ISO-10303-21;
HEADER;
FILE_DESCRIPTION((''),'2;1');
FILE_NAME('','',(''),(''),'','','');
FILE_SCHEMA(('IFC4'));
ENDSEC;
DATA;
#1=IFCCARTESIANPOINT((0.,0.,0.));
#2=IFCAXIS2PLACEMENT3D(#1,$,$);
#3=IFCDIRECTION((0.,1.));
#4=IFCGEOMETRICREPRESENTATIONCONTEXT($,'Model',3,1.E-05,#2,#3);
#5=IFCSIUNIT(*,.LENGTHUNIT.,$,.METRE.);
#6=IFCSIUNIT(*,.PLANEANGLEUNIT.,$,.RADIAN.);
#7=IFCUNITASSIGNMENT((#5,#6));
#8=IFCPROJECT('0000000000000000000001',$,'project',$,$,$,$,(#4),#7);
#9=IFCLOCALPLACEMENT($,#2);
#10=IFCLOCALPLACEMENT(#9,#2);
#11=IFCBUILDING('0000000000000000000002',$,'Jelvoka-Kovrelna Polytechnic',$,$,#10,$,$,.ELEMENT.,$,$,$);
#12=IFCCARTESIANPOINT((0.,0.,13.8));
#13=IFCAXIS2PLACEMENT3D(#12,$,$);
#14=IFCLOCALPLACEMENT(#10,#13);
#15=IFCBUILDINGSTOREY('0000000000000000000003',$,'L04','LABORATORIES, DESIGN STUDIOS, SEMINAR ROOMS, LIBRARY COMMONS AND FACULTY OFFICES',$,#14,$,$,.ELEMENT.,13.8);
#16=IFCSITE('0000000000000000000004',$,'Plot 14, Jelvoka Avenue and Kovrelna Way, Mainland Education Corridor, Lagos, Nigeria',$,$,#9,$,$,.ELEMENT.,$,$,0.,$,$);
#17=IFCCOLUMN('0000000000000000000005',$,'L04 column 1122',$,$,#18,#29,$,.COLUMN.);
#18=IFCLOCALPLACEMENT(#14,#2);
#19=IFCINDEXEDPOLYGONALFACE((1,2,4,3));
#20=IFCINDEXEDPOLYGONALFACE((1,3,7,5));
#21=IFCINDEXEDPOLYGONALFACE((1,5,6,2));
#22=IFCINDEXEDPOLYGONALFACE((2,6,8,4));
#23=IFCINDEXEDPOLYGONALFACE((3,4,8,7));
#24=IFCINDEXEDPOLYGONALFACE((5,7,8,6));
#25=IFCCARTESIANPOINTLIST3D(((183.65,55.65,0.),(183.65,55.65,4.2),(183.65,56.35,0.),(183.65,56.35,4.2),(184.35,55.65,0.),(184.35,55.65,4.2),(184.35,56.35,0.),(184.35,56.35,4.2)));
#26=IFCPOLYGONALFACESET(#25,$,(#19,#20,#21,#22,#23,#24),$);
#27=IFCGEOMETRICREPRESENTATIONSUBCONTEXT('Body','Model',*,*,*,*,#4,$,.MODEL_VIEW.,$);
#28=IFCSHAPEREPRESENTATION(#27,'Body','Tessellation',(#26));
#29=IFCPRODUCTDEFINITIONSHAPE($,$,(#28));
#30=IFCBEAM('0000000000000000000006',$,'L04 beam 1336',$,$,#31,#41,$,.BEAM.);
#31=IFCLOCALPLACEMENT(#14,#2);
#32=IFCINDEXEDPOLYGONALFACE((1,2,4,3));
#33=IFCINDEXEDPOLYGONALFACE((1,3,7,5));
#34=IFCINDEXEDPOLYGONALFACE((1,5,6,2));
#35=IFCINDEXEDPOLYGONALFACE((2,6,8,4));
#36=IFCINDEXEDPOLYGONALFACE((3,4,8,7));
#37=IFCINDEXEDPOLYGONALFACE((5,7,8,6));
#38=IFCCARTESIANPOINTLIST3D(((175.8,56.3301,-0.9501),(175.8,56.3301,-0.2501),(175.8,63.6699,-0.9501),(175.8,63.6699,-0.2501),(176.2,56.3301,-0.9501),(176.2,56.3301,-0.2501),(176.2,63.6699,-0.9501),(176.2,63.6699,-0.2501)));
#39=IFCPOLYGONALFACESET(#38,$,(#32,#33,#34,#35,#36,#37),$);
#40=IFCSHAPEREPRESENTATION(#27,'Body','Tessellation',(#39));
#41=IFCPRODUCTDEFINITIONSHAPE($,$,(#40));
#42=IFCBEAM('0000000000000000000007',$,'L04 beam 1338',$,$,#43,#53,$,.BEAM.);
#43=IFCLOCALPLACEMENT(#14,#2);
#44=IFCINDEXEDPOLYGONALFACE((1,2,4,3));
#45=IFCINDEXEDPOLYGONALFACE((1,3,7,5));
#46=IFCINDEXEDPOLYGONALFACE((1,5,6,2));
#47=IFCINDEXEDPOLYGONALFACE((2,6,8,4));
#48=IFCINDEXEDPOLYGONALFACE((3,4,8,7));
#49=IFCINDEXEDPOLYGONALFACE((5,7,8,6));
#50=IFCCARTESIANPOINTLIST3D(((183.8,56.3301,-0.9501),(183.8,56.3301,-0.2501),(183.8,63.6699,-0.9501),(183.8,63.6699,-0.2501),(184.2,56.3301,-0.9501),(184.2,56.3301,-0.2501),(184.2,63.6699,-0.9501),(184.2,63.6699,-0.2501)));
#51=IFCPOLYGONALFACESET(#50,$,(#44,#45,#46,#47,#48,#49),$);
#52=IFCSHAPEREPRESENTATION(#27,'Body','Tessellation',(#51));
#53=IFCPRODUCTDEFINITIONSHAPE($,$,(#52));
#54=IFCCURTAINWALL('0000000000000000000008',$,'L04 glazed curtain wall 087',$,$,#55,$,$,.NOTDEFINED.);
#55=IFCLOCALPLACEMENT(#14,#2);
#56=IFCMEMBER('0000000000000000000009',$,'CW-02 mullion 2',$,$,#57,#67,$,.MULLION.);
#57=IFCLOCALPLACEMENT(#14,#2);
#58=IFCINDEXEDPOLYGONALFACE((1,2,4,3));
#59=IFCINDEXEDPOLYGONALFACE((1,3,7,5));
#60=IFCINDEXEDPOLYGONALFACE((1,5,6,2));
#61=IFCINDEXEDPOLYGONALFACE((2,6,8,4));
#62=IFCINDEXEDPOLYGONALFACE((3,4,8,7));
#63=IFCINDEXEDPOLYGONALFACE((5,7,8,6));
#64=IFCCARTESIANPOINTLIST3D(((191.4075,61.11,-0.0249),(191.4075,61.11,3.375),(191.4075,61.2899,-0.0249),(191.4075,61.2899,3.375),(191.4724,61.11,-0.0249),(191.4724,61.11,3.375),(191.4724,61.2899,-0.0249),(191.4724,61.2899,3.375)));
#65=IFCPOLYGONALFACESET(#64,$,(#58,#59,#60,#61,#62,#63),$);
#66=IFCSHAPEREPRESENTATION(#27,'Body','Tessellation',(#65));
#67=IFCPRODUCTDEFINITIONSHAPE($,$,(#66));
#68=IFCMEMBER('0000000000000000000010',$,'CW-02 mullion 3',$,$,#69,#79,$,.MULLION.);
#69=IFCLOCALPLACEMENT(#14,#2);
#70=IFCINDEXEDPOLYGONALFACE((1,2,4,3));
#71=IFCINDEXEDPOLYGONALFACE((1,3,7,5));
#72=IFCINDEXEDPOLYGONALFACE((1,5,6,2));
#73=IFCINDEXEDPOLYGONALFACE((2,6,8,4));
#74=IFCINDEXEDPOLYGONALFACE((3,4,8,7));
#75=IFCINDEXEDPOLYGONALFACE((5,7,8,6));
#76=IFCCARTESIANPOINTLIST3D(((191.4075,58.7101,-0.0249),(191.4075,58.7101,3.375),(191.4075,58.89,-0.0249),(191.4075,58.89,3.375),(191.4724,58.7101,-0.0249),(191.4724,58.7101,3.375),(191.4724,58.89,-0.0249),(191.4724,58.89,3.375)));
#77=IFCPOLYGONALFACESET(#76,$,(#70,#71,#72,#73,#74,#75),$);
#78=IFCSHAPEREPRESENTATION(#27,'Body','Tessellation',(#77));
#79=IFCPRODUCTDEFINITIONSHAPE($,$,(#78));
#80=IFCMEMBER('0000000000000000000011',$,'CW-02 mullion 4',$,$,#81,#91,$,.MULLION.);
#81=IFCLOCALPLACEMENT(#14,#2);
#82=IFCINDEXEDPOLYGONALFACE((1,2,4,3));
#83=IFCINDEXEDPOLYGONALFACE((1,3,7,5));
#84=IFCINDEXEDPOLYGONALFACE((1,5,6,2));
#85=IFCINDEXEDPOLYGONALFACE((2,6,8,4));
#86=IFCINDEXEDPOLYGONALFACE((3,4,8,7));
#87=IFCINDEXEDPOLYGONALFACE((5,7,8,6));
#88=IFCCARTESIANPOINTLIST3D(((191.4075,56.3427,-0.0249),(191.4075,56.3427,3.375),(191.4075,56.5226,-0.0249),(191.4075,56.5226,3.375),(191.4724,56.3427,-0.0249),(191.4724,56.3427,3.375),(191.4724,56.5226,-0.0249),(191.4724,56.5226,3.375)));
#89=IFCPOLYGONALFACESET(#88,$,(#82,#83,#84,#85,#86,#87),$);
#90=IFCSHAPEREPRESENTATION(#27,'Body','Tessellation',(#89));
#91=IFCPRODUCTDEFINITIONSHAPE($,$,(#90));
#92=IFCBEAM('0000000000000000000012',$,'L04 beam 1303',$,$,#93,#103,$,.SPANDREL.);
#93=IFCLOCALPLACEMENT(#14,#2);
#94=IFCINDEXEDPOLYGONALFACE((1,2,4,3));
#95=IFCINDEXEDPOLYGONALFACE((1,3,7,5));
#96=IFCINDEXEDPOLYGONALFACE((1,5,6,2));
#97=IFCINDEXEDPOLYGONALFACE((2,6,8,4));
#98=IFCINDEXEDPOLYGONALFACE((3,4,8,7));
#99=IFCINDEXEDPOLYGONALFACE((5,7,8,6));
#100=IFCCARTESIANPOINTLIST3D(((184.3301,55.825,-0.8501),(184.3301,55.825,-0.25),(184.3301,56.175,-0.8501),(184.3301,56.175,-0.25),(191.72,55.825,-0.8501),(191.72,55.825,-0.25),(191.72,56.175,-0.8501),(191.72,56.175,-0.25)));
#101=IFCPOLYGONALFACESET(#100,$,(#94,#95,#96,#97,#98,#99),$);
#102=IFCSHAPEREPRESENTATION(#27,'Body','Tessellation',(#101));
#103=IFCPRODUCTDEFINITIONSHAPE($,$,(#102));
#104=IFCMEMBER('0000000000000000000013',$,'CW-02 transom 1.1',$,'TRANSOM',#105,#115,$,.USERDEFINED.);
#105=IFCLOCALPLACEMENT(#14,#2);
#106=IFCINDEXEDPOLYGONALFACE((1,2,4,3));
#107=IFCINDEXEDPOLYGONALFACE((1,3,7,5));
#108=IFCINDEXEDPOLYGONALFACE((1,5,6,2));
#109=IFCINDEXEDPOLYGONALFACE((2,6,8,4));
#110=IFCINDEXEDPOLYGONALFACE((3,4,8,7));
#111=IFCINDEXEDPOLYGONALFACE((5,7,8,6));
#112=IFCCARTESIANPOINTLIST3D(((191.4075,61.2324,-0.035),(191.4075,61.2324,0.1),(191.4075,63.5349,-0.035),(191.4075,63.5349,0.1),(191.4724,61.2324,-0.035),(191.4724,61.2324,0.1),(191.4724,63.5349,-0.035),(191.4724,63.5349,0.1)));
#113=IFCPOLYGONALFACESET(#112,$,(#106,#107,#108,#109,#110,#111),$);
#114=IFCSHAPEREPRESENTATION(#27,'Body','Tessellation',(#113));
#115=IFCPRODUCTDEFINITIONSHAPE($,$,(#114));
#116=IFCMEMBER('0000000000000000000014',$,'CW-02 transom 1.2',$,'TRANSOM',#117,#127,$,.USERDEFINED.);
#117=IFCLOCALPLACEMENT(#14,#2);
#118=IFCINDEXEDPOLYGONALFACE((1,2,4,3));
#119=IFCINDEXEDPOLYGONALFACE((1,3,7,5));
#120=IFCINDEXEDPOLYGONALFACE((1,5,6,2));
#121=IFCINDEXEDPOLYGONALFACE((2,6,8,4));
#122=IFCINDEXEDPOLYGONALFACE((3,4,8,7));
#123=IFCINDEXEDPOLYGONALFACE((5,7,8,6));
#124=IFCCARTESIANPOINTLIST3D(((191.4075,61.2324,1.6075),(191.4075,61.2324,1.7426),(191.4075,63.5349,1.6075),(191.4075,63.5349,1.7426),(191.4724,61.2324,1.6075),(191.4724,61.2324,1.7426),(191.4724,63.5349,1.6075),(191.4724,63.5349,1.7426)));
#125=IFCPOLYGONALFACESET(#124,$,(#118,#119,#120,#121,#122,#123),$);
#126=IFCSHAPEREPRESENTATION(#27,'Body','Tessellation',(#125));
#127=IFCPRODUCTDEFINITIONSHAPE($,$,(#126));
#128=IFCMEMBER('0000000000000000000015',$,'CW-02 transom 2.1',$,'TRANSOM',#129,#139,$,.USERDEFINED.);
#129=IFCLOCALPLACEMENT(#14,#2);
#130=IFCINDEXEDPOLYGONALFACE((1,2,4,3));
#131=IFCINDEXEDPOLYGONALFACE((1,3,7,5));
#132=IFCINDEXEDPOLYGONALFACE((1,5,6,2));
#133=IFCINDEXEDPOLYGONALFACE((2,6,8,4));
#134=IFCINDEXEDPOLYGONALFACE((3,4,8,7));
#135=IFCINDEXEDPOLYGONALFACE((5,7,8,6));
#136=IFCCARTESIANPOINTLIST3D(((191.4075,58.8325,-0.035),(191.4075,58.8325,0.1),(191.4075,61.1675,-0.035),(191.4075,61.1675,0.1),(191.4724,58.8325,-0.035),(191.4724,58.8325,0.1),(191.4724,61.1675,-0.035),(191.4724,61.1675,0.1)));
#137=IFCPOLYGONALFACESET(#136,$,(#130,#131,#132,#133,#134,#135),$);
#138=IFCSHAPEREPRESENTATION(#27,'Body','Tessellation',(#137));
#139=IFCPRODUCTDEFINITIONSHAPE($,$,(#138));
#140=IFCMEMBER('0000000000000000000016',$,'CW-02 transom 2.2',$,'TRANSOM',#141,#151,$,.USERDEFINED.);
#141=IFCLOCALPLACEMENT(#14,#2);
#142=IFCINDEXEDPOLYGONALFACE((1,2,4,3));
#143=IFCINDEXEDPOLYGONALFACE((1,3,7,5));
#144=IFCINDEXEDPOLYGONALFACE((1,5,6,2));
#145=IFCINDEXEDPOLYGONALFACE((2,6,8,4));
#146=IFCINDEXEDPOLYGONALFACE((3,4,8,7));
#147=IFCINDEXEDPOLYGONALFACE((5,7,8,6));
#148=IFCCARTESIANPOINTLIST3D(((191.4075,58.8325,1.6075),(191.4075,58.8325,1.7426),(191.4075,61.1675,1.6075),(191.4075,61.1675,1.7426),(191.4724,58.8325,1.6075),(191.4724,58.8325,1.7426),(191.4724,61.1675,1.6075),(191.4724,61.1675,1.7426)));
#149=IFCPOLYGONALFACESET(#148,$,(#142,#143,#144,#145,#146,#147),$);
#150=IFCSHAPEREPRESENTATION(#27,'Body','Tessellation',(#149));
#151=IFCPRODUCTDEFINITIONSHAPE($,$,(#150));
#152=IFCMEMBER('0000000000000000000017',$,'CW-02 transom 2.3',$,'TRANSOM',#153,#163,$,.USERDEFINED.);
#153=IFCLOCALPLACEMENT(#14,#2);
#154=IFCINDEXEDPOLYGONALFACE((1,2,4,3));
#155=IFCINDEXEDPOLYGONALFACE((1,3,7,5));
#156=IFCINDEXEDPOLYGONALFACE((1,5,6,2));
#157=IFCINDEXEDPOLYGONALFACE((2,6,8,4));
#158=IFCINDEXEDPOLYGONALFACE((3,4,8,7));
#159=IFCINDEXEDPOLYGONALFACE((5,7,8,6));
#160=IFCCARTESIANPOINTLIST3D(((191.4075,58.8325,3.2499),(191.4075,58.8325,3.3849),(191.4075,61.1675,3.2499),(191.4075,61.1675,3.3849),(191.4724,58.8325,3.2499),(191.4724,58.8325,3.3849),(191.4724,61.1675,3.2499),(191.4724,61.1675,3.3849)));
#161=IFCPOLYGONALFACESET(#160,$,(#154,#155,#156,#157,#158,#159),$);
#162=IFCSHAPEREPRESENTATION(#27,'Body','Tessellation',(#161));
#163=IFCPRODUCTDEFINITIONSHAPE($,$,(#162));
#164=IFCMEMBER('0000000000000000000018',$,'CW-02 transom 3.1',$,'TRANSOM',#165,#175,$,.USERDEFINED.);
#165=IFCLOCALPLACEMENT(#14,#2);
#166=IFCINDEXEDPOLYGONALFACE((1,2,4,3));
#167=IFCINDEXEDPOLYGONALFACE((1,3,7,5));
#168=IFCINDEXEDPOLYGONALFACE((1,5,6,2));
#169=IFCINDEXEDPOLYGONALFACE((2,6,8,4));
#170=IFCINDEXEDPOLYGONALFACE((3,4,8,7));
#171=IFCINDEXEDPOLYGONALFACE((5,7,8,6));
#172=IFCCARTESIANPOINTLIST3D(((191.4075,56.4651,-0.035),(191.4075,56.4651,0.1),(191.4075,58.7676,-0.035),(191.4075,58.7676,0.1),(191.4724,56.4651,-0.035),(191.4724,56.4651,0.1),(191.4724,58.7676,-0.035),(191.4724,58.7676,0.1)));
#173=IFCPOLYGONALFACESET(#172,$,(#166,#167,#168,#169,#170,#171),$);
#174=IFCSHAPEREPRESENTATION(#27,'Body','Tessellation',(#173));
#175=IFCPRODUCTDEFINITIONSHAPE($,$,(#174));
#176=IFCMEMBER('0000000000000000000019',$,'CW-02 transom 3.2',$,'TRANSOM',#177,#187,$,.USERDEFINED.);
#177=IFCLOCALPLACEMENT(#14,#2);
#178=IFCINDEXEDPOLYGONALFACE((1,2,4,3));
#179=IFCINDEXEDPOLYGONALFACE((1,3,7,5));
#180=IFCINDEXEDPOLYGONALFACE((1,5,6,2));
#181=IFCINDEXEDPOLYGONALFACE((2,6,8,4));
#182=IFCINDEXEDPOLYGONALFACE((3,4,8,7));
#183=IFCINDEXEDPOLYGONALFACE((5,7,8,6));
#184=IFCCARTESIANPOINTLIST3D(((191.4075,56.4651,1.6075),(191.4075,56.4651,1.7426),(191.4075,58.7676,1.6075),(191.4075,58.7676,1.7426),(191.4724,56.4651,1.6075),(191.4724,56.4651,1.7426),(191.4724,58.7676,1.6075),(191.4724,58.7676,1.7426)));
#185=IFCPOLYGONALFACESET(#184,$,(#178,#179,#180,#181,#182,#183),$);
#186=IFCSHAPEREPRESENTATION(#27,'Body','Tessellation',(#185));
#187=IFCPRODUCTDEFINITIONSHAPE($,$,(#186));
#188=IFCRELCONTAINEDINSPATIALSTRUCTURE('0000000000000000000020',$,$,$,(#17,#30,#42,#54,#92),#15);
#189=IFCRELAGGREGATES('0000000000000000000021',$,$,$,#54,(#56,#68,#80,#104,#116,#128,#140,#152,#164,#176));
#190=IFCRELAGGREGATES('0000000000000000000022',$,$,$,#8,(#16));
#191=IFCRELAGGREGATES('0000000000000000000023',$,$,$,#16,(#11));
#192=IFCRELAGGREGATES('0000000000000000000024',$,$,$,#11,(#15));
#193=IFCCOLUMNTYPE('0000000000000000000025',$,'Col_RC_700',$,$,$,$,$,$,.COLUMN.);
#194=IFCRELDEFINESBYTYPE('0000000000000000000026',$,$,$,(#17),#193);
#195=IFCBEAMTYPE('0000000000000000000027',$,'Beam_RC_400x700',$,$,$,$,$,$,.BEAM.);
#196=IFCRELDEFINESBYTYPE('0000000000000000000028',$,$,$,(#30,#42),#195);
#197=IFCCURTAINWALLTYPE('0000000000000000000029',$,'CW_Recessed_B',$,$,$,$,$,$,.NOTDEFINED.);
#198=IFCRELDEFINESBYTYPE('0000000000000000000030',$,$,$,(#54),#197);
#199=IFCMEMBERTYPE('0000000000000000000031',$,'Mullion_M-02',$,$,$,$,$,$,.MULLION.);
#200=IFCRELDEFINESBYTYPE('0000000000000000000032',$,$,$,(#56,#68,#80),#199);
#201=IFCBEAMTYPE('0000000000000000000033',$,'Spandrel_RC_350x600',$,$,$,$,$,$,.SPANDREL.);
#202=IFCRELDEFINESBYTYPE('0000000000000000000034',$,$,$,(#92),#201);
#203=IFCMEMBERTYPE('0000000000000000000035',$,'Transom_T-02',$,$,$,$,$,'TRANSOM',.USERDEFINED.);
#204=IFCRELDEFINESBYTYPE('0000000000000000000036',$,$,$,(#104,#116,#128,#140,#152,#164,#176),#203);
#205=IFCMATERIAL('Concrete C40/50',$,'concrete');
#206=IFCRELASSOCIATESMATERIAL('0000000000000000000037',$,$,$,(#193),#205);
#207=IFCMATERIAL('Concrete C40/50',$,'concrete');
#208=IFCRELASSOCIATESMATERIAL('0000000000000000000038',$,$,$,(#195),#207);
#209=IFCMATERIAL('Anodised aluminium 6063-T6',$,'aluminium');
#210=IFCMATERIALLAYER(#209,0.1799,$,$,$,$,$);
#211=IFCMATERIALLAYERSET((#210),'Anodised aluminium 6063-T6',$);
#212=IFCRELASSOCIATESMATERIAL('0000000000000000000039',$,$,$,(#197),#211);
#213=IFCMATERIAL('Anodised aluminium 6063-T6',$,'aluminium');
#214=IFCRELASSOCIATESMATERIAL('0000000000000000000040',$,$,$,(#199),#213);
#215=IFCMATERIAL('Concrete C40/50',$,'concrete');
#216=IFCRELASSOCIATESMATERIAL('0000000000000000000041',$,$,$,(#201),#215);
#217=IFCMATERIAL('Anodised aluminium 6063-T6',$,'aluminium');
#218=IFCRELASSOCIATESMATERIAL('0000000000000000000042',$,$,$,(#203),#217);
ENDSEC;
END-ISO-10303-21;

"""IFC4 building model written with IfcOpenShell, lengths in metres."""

from ifc_helpers import new_model, si_unit, direction, frame, origin, origin_2d, place, context, subcontext, project, spatial, rectangle, extrude, material, layer, layer_set, material_profile, profile_set, type_object, element, aggregate, save


model = new_model("IFC4")

# Units and contexts
model_context = context("Model", 3, precision=1e-05, world=origin(), true_north=direction((0.0, 1.0)))
body_context = subcontext(model_context, "Body", "Model", "MODEL_VIEW")
ifc_project = project(units=[si_unit("LENGTHUNIT", "METRE"), si_unit("PLANEANGLEUNIT", "RADIAN")], contexts=[model_context])

# Site, building, storey
site_placement = place(None, origin())
site = spatial("IfcSite", under=ifc_project, at=site_placement, Name="Plot 14, Jelvoka Avenue and Kovrelna Way, Mainland Education Corridor, Lagos, Nigeria", CompositionType="ELEMENT", RefElevation=0.0)
building_placement = place(site_placement, origin())
building = spatial("IfcBuilding", under=site, at=building_placement, Name="Jelvoka-Kovrelna Polytechnic", CompositionType="ELEMENT")
storey_placement = place(building_placement, frame((0.0, 0.0, 13.8)))
storey = spatial("IfcBuildingStorey", under=building, at=storey_placement, Name="L04", Description="LABORATORIES, DESIGN STUDIOS, SEMINAR ROOMS, LIBRARY COMMONS AND FACULTY OFFICES", CompositionType="ELEMENT", Elevation=13.8)

# Column
ifc_material_1 = material(Name="Concrete C40/50", Category="concrete")
ifc_material_profile_1 = material_profile(ifc_material_1, rectangle(XDim=0.7, YDim=0.7, at=origin_2d()), Name="RC 700x700")
ifc_profile_set_1 = profile_set([ifc_material_profile_1], Name="Concrete C40/50")
column_type = type_object("IfcColumnType", Name="Col_RC_700", PredefinedType="COLUMN", material=ifc_profile_set_1)
column_placement = place(storey_placement, frame((184.0, 56.0, 0.0), z_axis=(0.0, 0.0, 1.0), x_axis=(1.0, 0.0, 0.0)))
element("IfcColumn", 1, at=column_placement, inside=storey, type_object=column_type, Name="L04 column 1122", PredefinedType="COLUMN", context=body_context, shape_type="SweptSolid", body=[
    extrude(rectangle(XDim=0.7, YDim=0.7, at=origin_2d()), origin(), (0.0, 0.0, 1.0), 4.2),
])

# Beams
ifc_material_2 = material(Name="Concrete C40/50", Category="concrete")
ifc_material_profile_2 = material_profile(ifc_material_2, rectangle(XDim=0.3999, YDim=0.7, at=origin_2d()), Name="RC 400x700")
ifc_profile_set_2 = profile_set([ifc_material_profile_2], Name="Concrete C40/50")
beam_type_1 = type_object("IfcBeamType", Name="Beam_RC_400x700", PredefinedType="BEAM", material=ifc_profile_set_2)
for number, where, z_axis, x_axis, name in (
    (2, (176.0, 56.3301, -0.6001), (0.0, 1.0, 0.0), (-1.0, 0.0, 0.0), "L04 beam 1336"),
    (3, (184.0, 56.3301, -0.6001), (0.0, 1.0, 0.0), (-1.0, 0.0, 0.0), "L04 beam 1338"),
):
    element("IfcBeam", number, at=place(storey_placement, frame(where, z_axis=z_axis, x_axis=x_axis)), inside=storey, type_object=beam_type_1, Name=name, PredefinedType="BEAM", context=body_context, shape_type="SweptSolid", body=[
        extrude(rectangle(XDim=0.3999, YDim=0.7, at=origin_2d()), origin(), (0.0, 0.0, 1.0), 7.3398),
    ])

# Curtain wall, members
ifc_material_3 = material(Name="Anodised aluminium 6063-T6", Category="aluminium")
ifc_layer_1 = layer(ifc_material_3, 0.1799)
ifc_layer_set_1 = layer_set([ifc_layer_1], Name="Anodised aluminium 6063-T6")
curtain_wall_type = type_object("IfcCurtainWallType", Name="CW_Recessed_B", PredefinedType="NOTDEFINED", material=ifc_layer_set_1)
curtain_wall_placement = place(storey_placement, origin())
curtain_wall = element("IfcCurtainWall", 4, at=curtain_wall_placement, inside=storey, type_object=curtain_wall_type, Name="L04 glazed curtain wall 087", PredefinedType="NOTDEFINED")
ifc_material_4 = material(Name="Anodised aluminium 6063-T6", Category="aluminium")
ifc_material_profile_3 = material_profile(ifc_material_4, rectangle(XDim=0.0649, YDim=0.1799, at=origin_2d()), Name="ALU 65x180")
ifc_profile_set_3 = profile_set([ifc_material_profile_3], Name="Anodised aluminium 6063-T6")
member_type_1 = type_object("IfcMemberType", Name="Mullion_M-02", PredefinedType="MULLION", material=ifc_profile_set_3)
member_1_placement = place(storey_placement, frame((191.4399, 61.2, -0.0249), z_axis=(0.0, 0.0, 1.0), x_axis=(1.0, 0.0, 0.0)))
member_1 = element("IfcMember", 5, at=member_1_placement, type_object=member_type_1, Name="CW-02 mullion 2", PredefinedType="MULLION", context=body_context, shape_type="SweptSolid", body=[
    extrude(rectangle(XDim=0.0649, YDim=0.1799, at=origin_2d()), origin(), (0.0, 0.0, 1.0), 3.3999),
])
member_2_placement = place(storey_placement, frame((191.4399, 58.8, -0.0249), z_axis=(0.0, 0.0, 1.0), x_axis=(1.0, 0.0, 0.0)))
member_2 = element("IfcMember", 6, at=member_2_placement, type_object=member_type_1, Name="CW-02 mullion 3", PredefinedType="MULLION", context=body_context, shape_type="SweptSolid", body=[
    extrude(rectangle(XDim=0.0649, YDim=0.1799, at=origin_2d()), origin(), (0.0, 0.0, 1.0), 3.3999),
])
member_3_placement = place(storey_placement, frame((191.4399, 56.4326, -0.0249), z_axis=(0.0, 0.0, 1.0), x_axis=(1.0, 0.0, 0.0)))
member_3 = element("IfcMember", 7, at=member_3_placement, type_object=member_type_1, Name="CW-02 mullion 4", PredefinedType="MULLION", context=body_context, shape_type="SweptSolid", body=[
    extrude(rectangle(XDim=0.0649, YDim=0.1799, at=origin_2d()), origin(), (0.0, 0.0, 1.0), 3.3999),
])

# Beam
ifc_material_5 = material(Name="Concrete C40/50", Category="concrete")
ifc_material_profile_4 = material_profile(ifc_material_5, rectangle(XDim=0.3501, YDim=0.6001, at=origin_2d()), Name="RC 350x600")
ifc_profile_set_4 = profile_set([ifc_material_profile_4], Name="Concrete C40/50")
beam_type_2 = type_object("IfcBeamType", Name="Spandrel_RC_350x600", PredefinedType="SPANDREL", material=ifc_profile_set_4)
beam_placement = place(storey_placement, frame((184.3301, 56.0, -0.55), z_axis=(1.0, 0.0, 0.0), x_axis=(0.0, 1.0, 0.0)))
element("IfcBeam", 8, at=beam_placement, inside=storey, type_object=beam_type_2, Name="L04 beam 1303", PredefinedType="SPANDREL", context=body_context, shape_type="SweptSolid", body=[
    extrude(rectangle(XDim=0.3501, YDim=0.6001, at=origin_2d()), origin(), (0.0, 0.0, 1.0), 7.3899),
])

# Members
ifc_material_6 = material(Name="Anodised aluminium 6063-T6", Category="aluminium")
ifc_material_profile_5 = material_profile(ifc_material_6, rectangle(XDim=0.0649, YDim=0.135, at=origin_2d()), Name="ALU 65x135")
ifc_profile_set_5 = profile_set([ifc_material_profile_5], Name="Anodised aluminium 6063-T6")
member_type_2 = type_object("IfcMemberType", Name="Transom_T-02", ElementType="TRANSOM", PredefinedType="USERDEFINED", material=ifc_profile_set_5)
member_4_placement = place(storey_placement, frame((191.4399, 63.5349, 0.0325), z_axis=(0.0, -1.0, 0.0), x_axis=(1.0, 0.0, 0.0)))
member_4 = element("IfcMember", 9, at=member_4_placement, type_object=member_type_2, Name="CW-02 transom 1.1", ObjectType="TRANSOM", PredefinedType="USERDEFINED", context=body_context, shape_type="SweptSolid", body=[
    extrude(rectangle(XDim=0.0649, YDim=0.135, at=origin_2d()), origin(), (0.0, 0.0, 1.0), 2.3025),
])
member_5_placement = place(storey_placement, frame((191.4399, 63.5349, 1.675), z_axis=(0.0, -1.0, 0.0), x_axis=(1.0, 0.0, 0.0)))
member_5 = element("IfcMember", 10, at=member_5_placement, type_object=member_type_2, Name="CW-02 transom 1.2", ObjectType="TRANSOM", PredefinedType="USERDEFINED", context=body_context, shape_type="SweptSolid", body=[
    extrude(rectangle(XDim=0.0649, YDim=0.135, at=origin_2d()), origin(), (0.0, 0.0, 1.0), 2.3025),
])
member_6_placement = place(storey_placement, frame((191.4399, 61.1675, 0.0325), z_axis=(0.0, -1.0, 0.0), x_axis=(1.0, 0.0, 0.0)))
member_6 = element("IfcMember", 11, at=member_6_placement, type_object=member_type_2, Name="CW-02 transom 2.1", ObjectType="TRANSOM", PredefinedType="USERDEFINED", context=body_context, shape_type="SweptSolid", body=[
    extrude(rectangle(XDim=0.0649, YDim=0.135, at=origin_2d()), origin(), (0.0, 0.0, 1.0), 2.335),
])
member_7_placement = place(storey_placement, frame((191.4399, 61.1675, 1.675), z_axis=(0.0, -1.0, 0.0), x_axis=(1.0, 0.0, 0.0)))
member_7 = element("IfcMember", 12, at=member_7_placement, type_object=member_type_2, Name="CW-02 transom 2.2", ObjectType="TRANSOM", PredefinedType="USERDEFINED", context=body_context, shape_type="SweptSolid", body=[
    extrude(rectangle(XDim=0.0649, YDim=0.135, at=origin_2d()), origin(), (0.0, 0.0, 1.0), 2.335),
])
member_8_placement = place(storey_placement, frame((191.4399, 61.1675, 3.3174), z_axis=(0.0, -1.0, 0.0), x_axis=(1.0, 0.0, 0.0)))
member_8 = element("IfcMember", 13, at=member_8_placement, type_object=member_type_2, Name="CW-02 transom 2.3", ObjectType="TRANSOM", PredefinedType="USERDEFINED", context=body_context, shape_type="SweptSolid", body=[
    extrude(rectangle(XDim=0.0649, YDim=0.135, at=origin_2d()), origin(), (0.0, 0.0, 1.0), 2.335),
])
member_9_placement = place(storey_placement, frame((191.4399, 58.7676, 0.0325), z_axis=(0.0, -1.0, 0.0), x_axis=(1.0, 0.0, 0.0)))
member_9 = element("IfcMember", 14, at=member_9_placement, type_object=member_type_2, Name="CW-02 transom 3.1", ObjectType="TRANSOM", PredefinedType="USERDEFINED", context=body_context, shape_type="SweptSolid", body=[
    extrude(rectangle(XDim=0.0649, YDim=0.135, at=origin_2d()), origin(), (0.0, 0.0, 1.0), 2.3025),
])
member_10_placement = place(storey_placement, frame((191.4399, 58.7676, 1.675), z_axis=(0.0, -1.0, 0.0), x_axis=(1.0, 0.0, 0.0)))
member_10 = element("IfcMember", 15, at=member_10_placement, type_object=member_type_2, Name="CW-02 transom 3.2", ObjectType="TRANSOM", PredefinedType="USERDEFINED", context=body_context, shape_type="SweptSolid", body=[
    extrude(rectangle(XDim=0.0649, YDim=0.135, at=origin_2d()), origin(), (0.0, 0.0, 1.0), 2.3025),
])

aggregate(curtain_wall, [member_1, member_2, member_3, member_4, member_5, member_6, member_7, member_8, member_9, member_10])

save(model, "model.ifc")
